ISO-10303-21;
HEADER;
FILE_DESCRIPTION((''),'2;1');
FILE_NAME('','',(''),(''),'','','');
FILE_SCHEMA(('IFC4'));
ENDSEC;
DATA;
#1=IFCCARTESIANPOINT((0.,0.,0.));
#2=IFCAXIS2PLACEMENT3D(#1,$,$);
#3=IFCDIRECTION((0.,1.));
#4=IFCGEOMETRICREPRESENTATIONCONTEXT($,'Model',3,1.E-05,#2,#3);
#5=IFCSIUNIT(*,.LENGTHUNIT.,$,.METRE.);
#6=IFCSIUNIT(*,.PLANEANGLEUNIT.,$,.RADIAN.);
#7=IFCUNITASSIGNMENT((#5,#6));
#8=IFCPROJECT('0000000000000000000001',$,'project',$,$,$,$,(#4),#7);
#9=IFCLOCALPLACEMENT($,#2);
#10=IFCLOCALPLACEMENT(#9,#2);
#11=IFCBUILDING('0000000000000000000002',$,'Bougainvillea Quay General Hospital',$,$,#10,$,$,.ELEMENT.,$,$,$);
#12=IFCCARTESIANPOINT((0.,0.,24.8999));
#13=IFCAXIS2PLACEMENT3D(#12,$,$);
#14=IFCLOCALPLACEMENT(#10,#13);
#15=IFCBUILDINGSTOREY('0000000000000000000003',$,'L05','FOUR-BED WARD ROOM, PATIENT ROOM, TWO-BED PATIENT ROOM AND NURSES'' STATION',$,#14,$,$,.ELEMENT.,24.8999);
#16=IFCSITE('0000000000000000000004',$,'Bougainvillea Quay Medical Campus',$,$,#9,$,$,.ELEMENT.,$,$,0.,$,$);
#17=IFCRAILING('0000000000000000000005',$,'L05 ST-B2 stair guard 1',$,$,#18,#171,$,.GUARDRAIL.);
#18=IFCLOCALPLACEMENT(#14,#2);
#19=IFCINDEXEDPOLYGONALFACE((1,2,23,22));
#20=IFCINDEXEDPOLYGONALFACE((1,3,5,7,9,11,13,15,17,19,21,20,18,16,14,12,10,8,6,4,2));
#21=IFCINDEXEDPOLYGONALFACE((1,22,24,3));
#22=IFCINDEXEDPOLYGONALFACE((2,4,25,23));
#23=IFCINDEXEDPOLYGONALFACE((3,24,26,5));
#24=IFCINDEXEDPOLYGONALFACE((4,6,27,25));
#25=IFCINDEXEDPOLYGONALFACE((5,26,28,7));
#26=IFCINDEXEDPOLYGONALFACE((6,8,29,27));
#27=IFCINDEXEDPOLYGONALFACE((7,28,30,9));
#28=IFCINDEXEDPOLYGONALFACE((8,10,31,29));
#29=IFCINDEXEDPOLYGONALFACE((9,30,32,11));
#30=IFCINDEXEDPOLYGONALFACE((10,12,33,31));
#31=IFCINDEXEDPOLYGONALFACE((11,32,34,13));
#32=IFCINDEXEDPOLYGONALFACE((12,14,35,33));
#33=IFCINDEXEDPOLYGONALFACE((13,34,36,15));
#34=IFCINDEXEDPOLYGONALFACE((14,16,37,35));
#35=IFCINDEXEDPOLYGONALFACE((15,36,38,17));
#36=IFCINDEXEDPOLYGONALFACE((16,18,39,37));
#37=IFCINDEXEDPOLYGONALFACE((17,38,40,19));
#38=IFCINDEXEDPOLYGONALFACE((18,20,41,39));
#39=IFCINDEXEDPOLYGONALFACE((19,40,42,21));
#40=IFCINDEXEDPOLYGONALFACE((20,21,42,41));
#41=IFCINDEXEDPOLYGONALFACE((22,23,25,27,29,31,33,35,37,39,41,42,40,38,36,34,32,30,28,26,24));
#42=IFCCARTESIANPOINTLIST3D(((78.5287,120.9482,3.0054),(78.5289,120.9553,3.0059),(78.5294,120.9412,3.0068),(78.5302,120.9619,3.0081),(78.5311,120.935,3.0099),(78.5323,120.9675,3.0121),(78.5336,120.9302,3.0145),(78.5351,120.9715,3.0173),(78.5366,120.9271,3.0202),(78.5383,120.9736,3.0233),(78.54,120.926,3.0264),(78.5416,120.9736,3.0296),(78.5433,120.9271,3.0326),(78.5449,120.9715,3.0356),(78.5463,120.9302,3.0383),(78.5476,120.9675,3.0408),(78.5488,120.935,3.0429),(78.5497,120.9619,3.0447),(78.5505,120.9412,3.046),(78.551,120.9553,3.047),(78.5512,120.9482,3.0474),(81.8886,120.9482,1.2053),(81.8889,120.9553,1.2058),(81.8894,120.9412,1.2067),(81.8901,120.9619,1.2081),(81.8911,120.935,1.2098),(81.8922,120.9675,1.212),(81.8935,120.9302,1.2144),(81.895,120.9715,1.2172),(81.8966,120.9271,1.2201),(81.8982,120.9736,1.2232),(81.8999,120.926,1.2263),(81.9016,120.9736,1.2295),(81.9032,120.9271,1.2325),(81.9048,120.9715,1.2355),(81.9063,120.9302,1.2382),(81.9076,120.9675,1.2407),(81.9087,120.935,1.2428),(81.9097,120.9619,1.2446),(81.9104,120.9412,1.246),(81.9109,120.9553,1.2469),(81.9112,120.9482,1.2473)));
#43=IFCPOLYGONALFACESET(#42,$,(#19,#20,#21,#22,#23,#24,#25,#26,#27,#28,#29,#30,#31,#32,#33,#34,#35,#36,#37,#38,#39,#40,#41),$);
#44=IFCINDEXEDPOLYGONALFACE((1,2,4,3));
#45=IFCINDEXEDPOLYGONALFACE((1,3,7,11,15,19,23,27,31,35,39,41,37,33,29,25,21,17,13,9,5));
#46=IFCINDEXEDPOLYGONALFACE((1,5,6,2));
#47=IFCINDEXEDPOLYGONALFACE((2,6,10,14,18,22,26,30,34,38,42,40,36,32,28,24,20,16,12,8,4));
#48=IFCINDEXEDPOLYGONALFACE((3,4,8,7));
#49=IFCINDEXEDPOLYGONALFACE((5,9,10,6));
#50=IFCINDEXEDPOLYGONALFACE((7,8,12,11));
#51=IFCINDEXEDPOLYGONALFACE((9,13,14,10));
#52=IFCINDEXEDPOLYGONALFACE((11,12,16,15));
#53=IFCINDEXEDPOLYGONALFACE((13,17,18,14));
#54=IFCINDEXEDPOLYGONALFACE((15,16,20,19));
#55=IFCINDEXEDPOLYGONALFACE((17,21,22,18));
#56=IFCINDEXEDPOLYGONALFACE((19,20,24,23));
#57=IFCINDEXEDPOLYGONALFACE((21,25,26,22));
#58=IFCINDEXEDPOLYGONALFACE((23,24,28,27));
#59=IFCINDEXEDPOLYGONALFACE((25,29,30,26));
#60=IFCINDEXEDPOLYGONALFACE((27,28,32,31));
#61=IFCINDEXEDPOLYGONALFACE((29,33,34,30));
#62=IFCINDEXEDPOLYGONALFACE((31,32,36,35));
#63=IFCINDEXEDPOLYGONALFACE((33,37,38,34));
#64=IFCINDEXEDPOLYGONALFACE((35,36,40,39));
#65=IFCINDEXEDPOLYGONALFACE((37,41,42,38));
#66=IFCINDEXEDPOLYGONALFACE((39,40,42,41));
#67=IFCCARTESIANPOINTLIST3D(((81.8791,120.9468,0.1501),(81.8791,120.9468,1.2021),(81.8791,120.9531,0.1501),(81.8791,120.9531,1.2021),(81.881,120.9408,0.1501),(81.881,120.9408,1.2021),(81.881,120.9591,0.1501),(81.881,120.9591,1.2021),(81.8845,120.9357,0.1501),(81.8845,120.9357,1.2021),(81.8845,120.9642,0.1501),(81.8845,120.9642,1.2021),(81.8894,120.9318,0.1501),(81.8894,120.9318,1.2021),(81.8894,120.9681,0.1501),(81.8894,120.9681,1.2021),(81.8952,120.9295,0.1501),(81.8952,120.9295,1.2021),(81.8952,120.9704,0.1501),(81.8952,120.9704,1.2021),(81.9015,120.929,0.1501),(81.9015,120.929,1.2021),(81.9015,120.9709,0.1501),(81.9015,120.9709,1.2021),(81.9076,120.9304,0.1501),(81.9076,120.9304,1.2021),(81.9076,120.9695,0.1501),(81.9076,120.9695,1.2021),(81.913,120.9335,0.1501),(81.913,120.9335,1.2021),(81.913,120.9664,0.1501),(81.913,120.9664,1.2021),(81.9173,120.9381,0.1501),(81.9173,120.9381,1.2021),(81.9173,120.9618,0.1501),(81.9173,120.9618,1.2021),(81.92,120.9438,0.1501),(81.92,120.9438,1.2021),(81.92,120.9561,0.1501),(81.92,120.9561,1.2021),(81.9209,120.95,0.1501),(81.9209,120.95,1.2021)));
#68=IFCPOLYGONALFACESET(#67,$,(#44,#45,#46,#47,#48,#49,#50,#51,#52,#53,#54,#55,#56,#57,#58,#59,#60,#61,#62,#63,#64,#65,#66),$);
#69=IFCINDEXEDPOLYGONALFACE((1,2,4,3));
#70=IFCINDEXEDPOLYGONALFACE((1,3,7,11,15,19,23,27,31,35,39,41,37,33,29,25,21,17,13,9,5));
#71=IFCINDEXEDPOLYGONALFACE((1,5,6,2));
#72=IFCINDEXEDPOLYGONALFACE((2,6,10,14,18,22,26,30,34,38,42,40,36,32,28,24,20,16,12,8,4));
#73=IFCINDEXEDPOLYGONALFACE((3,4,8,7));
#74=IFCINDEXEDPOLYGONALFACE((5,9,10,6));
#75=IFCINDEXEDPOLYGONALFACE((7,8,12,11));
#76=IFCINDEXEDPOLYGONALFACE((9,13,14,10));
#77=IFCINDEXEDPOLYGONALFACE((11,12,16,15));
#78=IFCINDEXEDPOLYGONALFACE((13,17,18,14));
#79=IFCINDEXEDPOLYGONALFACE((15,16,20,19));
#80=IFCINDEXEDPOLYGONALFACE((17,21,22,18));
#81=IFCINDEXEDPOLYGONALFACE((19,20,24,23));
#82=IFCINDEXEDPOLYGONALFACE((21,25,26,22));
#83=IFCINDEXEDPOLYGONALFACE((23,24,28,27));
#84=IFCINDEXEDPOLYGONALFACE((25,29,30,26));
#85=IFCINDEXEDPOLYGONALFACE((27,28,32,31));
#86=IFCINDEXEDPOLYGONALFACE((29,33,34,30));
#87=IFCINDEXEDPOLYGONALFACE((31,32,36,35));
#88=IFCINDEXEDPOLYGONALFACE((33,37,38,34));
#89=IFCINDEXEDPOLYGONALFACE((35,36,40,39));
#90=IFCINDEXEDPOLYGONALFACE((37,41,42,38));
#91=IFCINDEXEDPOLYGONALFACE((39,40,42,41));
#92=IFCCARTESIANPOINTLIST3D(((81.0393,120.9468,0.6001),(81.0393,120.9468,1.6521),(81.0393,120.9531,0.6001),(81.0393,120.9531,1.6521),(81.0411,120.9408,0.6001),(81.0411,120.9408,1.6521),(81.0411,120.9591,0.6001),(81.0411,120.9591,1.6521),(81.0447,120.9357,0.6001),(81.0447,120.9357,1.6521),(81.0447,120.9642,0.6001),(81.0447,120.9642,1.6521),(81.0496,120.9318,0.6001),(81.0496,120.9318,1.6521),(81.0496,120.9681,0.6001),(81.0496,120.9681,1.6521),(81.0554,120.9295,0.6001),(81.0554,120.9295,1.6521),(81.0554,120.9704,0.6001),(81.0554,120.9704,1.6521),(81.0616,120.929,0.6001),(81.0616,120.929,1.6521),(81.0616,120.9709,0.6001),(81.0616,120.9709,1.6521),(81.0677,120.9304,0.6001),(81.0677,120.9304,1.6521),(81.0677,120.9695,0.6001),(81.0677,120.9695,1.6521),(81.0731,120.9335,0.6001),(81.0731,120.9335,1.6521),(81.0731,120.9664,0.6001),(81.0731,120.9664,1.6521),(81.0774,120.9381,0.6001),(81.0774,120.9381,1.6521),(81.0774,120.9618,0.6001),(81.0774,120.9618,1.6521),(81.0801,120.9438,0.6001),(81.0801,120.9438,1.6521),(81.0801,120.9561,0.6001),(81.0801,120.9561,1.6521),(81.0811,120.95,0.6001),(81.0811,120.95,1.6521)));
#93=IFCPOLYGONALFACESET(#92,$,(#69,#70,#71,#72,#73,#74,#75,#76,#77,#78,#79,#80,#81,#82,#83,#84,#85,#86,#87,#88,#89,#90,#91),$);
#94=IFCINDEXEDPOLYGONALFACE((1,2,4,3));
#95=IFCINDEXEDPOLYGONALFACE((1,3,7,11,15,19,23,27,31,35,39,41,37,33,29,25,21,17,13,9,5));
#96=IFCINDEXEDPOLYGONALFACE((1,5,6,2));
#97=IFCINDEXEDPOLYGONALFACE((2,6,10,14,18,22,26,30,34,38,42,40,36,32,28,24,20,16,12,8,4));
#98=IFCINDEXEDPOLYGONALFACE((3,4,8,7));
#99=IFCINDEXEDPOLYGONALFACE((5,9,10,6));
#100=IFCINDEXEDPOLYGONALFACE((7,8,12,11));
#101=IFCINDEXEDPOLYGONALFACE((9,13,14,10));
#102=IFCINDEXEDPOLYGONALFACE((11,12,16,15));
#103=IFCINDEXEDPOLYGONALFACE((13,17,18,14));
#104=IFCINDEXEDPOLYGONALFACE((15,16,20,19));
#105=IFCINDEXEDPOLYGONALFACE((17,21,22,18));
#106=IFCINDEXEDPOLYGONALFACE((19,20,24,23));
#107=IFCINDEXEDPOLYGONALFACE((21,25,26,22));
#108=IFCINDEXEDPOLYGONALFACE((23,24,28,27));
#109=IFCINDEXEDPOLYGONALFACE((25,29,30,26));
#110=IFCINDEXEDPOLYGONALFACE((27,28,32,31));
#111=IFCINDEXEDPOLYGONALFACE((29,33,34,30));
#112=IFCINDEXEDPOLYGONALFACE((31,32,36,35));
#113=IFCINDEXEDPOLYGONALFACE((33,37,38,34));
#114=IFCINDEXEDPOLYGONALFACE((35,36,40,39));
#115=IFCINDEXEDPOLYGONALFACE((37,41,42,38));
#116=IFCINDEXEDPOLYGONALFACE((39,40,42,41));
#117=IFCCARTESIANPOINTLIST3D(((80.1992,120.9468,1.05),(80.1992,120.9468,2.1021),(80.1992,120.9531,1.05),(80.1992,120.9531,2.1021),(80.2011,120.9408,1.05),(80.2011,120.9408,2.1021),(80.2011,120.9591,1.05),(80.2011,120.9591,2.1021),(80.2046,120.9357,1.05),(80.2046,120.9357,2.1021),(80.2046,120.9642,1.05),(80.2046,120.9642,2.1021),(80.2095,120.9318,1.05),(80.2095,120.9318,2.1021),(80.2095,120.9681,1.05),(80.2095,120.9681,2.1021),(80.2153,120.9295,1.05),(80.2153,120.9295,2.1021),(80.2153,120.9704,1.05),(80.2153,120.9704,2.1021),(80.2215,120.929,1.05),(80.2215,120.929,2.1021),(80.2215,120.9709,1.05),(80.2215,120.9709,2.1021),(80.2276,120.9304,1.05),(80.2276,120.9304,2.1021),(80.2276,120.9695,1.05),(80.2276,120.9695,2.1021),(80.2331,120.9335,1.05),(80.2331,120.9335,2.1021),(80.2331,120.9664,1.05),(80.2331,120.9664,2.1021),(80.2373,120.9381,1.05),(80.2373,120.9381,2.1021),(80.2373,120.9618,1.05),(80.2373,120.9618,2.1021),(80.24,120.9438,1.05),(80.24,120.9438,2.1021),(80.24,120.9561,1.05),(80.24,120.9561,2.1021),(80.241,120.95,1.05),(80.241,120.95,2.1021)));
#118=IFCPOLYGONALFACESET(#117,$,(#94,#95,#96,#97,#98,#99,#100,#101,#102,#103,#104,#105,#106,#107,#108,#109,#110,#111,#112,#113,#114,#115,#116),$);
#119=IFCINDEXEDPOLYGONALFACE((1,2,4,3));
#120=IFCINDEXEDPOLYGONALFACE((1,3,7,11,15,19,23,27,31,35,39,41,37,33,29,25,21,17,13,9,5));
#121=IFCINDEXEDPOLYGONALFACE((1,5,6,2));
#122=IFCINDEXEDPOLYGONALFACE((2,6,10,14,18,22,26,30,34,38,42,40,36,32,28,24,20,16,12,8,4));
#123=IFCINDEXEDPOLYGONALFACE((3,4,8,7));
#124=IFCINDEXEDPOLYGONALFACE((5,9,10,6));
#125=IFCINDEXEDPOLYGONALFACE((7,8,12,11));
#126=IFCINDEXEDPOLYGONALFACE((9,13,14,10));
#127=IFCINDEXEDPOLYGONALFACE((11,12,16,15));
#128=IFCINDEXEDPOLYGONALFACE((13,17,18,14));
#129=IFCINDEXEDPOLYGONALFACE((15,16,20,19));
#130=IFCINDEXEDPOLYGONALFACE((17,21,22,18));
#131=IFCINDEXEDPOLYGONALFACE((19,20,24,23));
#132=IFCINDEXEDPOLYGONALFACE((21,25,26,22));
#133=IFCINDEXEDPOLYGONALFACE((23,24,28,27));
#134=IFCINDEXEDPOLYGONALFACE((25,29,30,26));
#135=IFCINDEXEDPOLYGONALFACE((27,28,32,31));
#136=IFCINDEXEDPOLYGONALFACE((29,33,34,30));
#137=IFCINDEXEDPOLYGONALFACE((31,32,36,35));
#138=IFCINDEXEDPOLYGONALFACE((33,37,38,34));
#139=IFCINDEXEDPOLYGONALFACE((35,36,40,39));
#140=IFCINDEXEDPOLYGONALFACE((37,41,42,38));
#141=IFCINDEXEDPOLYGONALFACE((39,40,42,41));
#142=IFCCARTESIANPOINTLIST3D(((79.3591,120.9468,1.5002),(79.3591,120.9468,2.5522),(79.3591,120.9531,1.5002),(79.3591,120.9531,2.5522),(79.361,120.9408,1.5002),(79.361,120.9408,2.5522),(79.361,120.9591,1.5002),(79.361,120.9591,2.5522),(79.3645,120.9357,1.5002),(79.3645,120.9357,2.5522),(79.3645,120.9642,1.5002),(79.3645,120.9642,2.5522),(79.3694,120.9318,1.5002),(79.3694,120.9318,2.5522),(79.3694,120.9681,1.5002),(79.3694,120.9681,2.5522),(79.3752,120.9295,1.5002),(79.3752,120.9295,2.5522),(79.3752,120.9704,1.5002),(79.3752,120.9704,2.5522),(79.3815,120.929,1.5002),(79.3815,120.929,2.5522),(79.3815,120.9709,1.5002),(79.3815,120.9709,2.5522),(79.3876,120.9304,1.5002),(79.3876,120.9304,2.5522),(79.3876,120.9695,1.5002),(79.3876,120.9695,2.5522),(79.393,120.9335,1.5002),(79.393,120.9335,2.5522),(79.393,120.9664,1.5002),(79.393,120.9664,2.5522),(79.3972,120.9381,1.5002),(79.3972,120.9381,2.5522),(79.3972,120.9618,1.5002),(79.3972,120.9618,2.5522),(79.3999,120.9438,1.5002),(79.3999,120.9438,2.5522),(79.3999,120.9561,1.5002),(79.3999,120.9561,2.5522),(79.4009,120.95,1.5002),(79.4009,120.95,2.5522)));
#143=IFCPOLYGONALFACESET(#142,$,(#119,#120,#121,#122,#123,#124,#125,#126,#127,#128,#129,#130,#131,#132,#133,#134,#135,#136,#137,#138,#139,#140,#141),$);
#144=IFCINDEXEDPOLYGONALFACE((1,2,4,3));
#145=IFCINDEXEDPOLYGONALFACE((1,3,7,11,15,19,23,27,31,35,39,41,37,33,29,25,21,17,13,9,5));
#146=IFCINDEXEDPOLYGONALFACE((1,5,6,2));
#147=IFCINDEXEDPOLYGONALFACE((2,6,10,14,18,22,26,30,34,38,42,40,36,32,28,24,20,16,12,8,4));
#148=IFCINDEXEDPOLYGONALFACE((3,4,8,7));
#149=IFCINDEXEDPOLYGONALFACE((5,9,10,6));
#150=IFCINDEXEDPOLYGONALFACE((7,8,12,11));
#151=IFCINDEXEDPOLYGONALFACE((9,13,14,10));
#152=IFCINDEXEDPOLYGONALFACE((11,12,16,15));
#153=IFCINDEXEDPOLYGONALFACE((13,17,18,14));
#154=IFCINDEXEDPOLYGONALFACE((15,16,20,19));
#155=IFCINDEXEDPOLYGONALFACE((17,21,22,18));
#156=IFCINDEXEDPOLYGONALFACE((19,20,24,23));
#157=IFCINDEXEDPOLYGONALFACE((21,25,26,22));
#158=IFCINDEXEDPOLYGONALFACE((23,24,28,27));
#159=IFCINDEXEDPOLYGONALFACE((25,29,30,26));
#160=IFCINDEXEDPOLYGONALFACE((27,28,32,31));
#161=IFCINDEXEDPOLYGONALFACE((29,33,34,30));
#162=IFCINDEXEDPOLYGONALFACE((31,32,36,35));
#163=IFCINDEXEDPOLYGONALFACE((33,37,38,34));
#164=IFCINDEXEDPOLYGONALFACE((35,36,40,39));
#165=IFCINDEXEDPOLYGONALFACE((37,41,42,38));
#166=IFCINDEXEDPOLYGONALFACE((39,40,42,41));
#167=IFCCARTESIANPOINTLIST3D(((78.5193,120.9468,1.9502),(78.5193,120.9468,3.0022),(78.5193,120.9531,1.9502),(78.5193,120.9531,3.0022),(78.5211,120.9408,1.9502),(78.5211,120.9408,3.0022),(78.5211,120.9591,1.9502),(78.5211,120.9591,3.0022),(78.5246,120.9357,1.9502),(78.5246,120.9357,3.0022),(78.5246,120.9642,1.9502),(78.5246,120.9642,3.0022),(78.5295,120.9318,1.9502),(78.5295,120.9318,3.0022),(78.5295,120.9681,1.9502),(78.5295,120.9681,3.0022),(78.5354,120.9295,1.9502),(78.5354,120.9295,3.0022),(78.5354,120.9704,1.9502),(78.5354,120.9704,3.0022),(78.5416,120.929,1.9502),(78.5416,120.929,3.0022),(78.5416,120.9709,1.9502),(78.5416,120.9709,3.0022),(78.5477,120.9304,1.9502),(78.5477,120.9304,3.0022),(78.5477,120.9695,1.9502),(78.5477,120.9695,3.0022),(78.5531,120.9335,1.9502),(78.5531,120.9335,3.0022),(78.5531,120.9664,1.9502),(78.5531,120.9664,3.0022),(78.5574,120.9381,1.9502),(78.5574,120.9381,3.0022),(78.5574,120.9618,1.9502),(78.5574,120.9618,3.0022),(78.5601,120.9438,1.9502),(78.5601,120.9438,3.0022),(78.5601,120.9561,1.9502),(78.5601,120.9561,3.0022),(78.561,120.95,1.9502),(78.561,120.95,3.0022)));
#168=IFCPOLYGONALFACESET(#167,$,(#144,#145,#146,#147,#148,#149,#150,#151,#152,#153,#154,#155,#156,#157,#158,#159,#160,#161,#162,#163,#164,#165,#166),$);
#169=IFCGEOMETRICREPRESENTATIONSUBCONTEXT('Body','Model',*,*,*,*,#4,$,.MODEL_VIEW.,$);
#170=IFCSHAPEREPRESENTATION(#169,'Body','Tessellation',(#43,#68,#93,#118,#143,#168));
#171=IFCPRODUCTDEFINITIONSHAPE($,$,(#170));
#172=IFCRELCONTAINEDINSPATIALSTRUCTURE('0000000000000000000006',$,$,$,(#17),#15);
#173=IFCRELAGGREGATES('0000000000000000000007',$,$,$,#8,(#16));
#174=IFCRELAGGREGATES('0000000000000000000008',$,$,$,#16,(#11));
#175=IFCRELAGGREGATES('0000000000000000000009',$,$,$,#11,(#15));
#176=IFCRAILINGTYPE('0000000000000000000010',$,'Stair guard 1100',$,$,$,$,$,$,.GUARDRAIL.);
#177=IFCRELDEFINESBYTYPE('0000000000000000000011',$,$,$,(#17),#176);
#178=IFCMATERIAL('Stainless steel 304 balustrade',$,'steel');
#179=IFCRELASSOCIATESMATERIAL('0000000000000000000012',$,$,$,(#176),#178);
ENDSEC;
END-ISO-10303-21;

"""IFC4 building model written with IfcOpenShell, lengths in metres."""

from ifc_helpers import new_model, si_unit, direction, frame, origin, origin_2d, place, context, subcontext, project, spatial, circle, extrude, material, type_object, element, save


model = new_model("IFC4")

# Units and contexts
model_context = context("Model", 3, precision=1e-05, world=origin(), true_north=direction((0.0, 1.0)))
body_context = subcontext(model_context, "Body", "Model", "MODEL_VIEW")
ifc_project = project(units=[si_unit("LENGTHUNIT", "METRE"), si_unit("PLANEANGLEUNIT", "RADIAN")], contexts=[model_context])

# Site, building, storey
site_placement = place(None, origin())
site = spatial("IfcSite", under=ifc_project, at=site_placement, Name="Bougainvillea Quay Medical Campus", CompositionType="ELEMENT", RefElevation=0.0)
building_placement = place(site_placement, origin())
building = spatial("IfcBuilding", under=site, at=building_placement, Name="Bougainvillea Quay General Hospital", CompositionType="ELEMENT")
storey_placement = place(building_placement, frame((0.0, 0.0, 24.8999)))
storey = spatial("IfcBuildingStorey", under=building, at=storey_placement, Name="L05", Description="FOUR-BED WARD ROOM, PATIENT ROOM, TWO-BED PATIENT ROOM AND NURSES' STATION", CompositionType="ELEMENT", Elevation=24.8999)

# Railing
ifc_material_1 = material(Name="Stainless steel 304 balustrade", Category="steel")
railing_type_1 = type_object("IfcRailingType", Name="Stair guard 1100", PredefinedType="GUARDRAIL", material=ifc_material_1)
railing_1_placement = place(storey_placement, frame((81.8999, 120.95, 0.1501)))
element("IfcRailing", 1, at=railing_1_placement, inside=storey, type_object=railing_type_1, Name="L05 ST-B2 stair guard 1", PredefinedType="GUARDRAIL", context=body_context, shape_type="SweptSolid", body=[
    extrude(circle(Radius=0.0239, at=origin_2d()), frame((0.0, 0.0, 1.0762), z_axis=(-0.881467, 0.0, 0.472246), x_axis=(0.0, -1.0, 0.0)), (0.0, 0.0, 1.0), 3.8118),
    extrude(circle(Radius=0.021, at=origin_2d()), origin(), (0.0, 0.0, 1.0), 1.052),
    extrude(circle(Radius=0.021, at=origin_2d()), frame((-0.8398, 0.0, 0.45)), (0.0, 0.0, 1.0), 1.052),
    extrude(circle(Radius=0.021, at=origin_2d()), frame((-1.6799, 0.0, 0.8999)), (0.0, 0.0, 1.0), 1.052),
    extrude(circle(Radius=0.021, at=origin_2d()), frame((-2.52, 0.0, 1.3501)), (0.0, 0.0, 1.0), 1.052),
    extrude(circle(Radius=0.021, at=origin_2d()), frame((-3.3599, 0.0, 1.8)), (0.0, 0.0, 1.0), 1.052),
])

save(model, "model.ifc")
